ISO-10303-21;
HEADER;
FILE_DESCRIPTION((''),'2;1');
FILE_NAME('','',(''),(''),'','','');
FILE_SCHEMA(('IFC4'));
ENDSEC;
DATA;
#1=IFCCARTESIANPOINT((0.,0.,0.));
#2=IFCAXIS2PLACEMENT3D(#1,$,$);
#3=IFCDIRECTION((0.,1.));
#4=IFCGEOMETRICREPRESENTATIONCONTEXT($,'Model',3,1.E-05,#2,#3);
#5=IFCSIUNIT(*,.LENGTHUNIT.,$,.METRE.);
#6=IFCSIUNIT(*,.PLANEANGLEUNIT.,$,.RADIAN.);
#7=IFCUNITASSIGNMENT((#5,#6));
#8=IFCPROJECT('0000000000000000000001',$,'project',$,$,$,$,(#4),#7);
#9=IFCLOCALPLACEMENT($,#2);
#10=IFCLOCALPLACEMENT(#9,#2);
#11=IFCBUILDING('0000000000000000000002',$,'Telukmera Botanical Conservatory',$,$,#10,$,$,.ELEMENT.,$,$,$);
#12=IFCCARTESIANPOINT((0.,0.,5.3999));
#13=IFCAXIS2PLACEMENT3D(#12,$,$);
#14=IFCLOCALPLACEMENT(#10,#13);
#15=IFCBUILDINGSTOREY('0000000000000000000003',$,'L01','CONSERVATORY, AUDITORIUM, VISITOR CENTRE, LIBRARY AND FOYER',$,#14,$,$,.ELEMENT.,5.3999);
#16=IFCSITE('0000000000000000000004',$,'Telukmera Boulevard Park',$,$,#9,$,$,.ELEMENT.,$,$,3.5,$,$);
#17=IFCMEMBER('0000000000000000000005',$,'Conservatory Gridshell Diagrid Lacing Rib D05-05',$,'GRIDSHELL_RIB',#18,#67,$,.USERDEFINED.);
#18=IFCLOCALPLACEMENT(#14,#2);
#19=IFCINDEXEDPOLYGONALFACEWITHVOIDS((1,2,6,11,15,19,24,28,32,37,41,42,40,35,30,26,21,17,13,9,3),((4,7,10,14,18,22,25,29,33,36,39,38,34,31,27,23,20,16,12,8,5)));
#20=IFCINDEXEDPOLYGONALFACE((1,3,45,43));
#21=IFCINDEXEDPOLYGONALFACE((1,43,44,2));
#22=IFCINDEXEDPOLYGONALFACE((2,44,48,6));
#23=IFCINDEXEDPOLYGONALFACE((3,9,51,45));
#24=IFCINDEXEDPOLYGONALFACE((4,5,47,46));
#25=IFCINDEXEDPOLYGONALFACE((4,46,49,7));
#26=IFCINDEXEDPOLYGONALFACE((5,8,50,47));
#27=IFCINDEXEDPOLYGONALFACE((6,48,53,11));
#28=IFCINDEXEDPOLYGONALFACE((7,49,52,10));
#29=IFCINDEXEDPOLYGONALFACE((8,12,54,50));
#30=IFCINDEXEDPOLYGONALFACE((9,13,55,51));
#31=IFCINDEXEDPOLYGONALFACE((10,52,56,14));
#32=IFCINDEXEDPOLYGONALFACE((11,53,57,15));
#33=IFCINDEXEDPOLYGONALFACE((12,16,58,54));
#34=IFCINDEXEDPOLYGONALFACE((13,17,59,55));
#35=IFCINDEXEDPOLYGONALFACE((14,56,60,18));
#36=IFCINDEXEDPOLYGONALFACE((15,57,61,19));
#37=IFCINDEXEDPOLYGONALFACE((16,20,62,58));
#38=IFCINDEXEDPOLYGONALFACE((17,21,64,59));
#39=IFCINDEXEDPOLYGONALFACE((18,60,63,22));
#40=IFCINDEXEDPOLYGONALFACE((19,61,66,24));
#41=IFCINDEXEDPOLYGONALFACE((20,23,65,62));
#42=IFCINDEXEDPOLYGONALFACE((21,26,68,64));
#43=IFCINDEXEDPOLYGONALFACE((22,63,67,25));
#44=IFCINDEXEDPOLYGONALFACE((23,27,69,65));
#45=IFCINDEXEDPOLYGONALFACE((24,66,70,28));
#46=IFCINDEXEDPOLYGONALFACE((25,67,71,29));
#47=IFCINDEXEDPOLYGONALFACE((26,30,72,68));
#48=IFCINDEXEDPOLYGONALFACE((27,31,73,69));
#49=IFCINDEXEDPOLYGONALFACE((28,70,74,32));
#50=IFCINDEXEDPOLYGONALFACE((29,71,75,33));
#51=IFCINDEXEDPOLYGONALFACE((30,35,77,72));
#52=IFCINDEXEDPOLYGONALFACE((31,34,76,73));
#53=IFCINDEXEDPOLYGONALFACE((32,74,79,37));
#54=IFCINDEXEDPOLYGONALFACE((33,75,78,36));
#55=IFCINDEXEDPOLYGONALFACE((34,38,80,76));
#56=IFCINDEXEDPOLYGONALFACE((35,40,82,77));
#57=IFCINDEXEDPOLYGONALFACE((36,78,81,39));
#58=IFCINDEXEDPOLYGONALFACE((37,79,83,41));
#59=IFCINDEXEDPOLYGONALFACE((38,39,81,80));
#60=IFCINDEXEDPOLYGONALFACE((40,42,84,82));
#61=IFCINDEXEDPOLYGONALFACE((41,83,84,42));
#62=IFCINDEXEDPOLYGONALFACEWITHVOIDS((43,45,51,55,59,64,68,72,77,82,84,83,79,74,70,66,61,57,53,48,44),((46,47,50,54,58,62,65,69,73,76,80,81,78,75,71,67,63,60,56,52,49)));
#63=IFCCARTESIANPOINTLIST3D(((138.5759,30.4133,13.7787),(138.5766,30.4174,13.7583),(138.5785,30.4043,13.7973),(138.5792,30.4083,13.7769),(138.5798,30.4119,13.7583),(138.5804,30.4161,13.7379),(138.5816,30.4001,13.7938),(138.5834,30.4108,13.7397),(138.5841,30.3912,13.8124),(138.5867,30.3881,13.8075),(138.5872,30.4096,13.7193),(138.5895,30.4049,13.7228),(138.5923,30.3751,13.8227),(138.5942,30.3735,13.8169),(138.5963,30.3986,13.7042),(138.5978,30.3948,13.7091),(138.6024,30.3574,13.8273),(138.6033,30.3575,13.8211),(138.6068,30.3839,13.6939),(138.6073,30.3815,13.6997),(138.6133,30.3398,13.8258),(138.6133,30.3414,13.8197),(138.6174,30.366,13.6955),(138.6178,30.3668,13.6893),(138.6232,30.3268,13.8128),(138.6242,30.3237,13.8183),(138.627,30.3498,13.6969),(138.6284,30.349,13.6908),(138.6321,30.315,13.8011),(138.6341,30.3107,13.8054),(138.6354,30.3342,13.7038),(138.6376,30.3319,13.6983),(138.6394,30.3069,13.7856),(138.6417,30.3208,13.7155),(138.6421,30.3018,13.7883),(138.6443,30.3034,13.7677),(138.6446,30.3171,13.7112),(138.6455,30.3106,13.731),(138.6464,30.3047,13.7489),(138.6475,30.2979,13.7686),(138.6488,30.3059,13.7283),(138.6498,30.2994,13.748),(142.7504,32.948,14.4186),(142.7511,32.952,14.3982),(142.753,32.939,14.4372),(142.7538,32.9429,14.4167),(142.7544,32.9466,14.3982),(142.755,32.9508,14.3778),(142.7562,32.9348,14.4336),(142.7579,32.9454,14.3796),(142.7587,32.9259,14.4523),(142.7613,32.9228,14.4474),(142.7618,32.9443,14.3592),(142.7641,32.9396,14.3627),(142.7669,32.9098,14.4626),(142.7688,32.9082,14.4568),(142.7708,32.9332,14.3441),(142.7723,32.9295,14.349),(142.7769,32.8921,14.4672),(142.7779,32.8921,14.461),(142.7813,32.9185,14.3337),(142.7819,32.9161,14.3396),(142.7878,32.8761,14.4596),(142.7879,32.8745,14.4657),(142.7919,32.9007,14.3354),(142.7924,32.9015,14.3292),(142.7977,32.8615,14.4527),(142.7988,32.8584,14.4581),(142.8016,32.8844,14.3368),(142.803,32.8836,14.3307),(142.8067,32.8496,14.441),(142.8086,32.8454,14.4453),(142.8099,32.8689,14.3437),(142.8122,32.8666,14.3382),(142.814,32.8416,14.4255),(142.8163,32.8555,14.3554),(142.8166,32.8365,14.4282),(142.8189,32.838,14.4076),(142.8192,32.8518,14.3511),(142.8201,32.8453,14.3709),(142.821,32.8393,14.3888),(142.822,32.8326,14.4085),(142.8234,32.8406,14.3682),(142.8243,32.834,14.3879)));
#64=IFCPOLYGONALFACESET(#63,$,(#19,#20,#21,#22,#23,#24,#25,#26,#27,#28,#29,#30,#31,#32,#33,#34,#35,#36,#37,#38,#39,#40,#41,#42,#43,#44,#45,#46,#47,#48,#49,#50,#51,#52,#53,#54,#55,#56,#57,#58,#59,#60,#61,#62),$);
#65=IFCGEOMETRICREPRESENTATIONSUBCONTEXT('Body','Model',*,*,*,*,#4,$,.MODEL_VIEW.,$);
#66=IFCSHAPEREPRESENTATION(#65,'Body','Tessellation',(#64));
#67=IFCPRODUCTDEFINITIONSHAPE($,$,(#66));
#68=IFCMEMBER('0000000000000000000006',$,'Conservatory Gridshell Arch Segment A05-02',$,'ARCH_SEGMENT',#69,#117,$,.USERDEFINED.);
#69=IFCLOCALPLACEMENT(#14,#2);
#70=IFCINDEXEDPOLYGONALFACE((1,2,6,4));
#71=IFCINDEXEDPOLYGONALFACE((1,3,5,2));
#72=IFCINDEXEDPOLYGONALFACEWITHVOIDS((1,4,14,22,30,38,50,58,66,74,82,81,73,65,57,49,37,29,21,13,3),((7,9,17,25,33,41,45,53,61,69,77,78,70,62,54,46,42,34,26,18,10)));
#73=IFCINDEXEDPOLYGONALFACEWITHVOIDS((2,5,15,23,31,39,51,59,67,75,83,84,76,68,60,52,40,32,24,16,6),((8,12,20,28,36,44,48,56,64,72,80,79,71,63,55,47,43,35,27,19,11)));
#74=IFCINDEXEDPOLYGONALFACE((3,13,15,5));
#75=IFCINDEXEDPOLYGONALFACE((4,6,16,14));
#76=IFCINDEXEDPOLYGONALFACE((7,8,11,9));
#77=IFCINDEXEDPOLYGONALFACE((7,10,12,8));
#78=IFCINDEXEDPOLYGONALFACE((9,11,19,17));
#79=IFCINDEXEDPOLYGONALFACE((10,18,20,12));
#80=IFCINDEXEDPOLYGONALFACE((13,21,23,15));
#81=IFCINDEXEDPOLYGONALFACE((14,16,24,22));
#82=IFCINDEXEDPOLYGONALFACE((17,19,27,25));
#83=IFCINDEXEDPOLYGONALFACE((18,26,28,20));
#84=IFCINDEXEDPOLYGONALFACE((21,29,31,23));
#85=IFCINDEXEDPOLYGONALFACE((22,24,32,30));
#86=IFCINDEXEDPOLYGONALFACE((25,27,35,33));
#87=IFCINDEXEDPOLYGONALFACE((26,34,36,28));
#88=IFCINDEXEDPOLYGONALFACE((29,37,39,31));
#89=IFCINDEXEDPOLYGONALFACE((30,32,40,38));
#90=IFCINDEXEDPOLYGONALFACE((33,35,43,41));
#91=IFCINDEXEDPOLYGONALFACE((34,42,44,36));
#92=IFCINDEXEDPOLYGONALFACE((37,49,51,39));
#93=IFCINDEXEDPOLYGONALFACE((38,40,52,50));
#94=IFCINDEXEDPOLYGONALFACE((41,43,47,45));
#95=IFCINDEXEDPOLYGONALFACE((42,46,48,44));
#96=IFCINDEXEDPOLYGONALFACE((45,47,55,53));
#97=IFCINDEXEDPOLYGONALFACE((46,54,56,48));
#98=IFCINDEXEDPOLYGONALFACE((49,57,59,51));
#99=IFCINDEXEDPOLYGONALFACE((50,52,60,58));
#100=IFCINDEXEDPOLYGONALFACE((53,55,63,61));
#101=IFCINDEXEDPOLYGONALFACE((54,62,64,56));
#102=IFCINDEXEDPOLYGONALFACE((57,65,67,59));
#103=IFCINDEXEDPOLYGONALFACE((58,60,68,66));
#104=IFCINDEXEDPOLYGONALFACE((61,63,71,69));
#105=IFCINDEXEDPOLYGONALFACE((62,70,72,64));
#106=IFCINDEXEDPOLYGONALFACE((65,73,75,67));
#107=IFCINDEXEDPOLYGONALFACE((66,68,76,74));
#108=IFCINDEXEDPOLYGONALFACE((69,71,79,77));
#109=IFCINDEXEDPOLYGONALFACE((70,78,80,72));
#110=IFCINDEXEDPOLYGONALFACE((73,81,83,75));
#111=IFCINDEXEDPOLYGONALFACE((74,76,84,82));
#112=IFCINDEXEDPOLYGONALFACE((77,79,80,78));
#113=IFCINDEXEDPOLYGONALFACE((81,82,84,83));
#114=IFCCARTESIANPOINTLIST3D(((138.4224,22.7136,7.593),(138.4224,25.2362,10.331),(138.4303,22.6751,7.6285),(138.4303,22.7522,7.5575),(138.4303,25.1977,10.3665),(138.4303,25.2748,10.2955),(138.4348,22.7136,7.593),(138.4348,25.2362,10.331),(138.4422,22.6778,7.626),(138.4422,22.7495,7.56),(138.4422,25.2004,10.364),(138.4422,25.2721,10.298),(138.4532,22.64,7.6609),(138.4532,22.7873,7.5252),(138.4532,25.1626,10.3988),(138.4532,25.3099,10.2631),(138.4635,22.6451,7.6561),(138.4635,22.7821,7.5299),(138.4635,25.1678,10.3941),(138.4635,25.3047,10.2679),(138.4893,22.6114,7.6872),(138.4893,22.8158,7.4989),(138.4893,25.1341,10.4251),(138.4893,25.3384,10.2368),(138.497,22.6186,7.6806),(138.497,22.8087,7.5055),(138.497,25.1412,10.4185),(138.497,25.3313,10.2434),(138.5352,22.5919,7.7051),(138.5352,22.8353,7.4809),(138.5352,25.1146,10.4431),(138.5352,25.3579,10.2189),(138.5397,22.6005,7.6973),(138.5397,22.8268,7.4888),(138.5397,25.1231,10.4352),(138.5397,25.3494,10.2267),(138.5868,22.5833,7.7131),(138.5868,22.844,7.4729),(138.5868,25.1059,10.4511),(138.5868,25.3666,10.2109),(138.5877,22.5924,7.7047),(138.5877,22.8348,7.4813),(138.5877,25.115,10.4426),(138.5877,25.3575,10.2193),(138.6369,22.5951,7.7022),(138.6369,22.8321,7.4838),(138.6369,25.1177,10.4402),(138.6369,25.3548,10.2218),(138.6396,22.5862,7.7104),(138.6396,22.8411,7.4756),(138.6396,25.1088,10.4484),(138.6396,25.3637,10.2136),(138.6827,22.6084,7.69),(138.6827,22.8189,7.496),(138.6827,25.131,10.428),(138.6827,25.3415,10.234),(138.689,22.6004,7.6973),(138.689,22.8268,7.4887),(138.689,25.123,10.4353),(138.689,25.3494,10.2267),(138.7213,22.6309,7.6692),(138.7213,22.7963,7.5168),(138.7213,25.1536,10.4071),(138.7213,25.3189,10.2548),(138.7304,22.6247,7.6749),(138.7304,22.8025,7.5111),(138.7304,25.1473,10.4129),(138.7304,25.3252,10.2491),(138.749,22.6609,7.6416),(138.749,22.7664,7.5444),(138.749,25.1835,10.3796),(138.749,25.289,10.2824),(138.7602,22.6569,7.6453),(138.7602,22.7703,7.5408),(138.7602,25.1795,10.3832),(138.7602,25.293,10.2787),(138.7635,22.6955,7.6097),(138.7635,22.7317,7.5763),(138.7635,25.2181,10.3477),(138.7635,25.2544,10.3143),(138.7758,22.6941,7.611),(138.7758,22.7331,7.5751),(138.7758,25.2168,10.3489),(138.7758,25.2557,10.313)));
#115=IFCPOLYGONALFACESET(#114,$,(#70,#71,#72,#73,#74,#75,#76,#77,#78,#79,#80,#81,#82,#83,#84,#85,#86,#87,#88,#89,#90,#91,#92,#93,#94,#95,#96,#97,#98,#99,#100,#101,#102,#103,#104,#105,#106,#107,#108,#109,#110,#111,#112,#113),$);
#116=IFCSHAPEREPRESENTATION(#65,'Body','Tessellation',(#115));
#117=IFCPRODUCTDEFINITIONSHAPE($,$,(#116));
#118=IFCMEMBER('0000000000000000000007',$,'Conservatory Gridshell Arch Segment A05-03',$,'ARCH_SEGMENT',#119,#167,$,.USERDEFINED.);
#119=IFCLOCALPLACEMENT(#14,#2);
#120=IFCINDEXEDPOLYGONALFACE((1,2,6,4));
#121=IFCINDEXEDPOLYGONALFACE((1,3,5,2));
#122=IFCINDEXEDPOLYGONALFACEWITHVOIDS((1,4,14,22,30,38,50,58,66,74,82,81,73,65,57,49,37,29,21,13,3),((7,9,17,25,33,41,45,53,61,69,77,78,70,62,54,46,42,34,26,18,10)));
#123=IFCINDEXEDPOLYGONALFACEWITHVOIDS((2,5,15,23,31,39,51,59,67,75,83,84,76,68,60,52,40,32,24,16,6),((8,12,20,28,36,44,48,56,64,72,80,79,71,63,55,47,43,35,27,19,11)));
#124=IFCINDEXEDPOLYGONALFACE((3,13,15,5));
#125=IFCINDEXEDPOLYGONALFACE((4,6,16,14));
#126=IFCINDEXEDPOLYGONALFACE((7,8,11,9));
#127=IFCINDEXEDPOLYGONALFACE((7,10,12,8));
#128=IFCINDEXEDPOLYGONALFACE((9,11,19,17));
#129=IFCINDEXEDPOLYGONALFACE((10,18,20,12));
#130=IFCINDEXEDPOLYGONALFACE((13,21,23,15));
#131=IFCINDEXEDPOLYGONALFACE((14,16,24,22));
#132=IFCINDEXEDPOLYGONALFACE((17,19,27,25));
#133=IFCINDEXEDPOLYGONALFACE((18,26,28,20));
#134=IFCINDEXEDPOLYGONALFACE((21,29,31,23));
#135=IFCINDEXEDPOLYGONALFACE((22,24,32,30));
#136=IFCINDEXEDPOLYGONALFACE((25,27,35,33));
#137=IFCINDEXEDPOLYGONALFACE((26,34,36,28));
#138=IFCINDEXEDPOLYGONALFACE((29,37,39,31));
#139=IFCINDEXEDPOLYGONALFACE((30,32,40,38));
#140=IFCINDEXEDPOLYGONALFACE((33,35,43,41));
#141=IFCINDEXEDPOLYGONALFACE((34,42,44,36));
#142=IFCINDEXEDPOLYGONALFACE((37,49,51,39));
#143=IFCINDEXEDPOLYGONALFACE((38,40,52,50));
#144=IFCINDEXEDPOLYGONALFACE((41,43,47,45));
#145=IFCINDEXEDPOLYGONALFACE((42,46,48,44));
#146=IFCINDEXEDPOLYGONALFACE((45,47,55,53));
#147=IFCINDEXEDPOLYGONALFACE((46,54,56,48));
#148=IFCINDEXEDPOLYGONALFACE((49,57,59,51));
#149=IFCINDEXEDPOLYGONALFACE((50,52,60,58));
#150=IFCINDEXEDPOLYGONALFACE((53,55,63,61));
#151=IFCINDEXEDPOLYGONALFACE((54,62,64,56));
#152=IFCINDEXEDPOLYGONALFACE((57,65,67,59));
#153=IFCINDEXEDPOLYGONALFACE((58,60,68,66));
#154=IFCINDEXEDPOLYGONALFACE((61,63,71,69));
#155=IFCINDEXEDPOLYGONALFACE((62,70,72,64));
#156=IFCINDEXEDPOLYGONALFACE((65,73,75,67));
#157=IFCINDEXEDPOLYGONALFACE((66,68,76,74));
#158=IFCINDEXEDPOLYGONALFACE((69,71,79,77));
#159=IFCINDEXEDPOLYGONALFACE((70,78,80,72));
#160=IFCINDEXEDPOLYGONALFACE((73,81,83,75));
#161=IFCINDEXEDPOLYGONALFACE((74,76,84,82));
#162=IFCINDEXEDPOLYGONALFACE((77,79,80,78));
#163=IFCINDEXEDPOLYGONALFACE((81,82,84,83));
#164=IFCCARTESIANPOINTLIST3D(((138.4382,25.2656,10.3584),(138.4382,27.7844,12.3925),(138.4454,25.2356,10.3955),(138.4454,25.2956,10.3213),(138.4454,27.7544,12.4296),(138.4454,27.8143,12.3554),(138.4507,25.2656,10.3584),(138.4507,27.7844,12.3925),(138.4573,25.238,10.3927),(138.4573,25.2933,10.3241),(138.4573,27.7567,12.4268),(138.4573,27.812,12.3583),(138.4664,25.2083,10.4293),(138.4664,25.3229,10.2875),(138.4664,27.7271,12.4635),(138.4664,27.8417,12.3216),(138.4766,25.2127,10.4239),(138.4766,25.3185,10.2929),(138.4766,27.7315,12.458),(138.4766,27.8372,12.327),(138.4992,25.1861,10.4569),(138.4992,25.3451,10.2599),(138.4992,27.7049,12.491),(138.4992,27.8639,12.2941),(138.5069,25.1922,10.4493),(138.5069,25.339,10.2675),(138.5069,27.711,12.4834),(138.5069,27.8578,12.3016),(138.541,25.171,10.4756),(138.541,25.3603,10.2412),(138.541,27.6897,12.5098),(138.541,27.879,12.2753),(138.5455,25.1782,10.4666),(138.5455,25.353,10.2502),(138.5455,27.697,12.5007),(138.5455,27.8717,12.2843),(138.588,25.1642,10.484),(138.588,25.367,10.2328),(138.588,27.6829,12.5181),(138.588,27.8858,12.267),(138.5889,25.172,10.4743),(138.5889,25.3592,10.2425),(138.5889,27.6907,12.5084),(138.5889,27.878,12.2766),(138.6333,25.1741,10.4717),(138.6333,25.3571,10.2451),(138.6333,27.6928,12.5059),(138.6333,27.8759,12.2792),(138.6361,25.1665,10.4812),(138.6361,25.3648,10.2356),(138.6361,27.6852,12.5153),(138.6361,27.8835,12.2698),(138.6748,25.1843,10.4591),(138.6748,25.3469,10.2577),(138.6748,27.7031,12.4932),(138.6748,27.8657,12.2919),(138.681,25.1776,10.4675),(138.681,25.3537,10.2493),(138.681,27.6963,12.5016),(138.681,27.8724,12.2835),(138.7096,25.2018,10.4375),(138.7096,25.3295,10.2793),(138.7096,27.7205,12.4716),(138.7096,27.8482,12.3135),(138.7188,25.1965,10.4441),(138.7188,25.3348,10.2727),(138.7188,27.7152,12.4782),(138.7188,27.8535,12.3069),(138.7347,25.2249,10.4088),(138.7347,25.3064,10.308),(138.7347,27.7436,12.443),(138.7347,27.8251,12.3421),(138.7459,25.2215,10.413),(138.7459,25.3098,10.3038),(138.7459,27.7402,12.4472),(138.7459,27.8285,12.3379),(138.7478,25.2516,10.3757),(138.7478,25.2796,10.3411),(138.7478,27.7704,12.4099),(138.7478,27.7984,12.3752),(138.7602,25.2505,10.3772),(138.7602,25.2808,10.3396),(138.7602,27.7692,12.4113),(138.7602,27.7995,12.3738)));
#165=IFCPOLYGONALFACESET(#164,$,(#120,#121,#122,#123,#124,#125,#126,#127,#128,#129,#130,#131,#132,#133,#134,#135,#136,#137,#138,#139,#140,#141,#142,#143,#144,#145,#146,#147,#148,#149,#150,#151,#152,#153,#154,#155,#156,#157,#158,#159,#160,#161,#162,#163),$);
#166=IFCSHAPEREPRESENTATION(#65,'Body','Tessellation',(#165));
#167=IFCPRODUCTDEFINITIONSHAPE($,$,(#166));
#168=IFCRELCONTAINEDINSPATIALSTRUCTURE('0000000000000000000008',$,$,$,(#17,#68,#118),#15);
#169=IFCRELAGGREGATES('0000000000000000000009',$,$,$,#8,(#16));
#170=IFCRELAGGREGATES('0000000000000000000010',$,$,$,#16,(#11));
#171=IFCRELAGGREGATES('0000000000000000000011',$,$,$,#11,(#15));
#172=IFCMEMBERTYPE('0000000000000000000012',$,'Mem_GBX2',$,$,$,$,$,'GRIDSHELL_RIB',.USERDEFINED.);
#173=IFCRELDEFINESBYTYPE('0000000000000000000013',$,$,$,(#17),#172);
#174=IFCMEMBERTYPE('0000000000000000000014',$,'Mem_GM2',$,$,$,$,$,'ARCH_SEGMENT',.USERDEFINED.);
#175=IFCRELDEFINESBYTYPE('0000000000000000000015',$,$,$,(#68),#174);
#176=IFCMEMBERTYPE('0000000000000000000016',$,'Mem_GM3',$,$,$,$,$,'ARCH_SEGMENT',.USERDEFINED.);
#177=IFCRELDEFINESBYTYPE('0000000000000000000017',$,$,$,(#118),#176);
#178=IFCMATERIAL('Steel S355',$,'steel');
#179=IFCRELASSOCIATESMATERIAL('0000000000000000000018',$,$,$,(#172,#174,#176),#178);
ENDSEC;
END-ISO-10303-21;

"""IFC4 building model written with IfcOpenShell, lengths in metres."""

from ifc_helpers import new_model, si_unit, direction, frame, origin, origin_2d, place, context, subcontext, project, spatial, hollow_circle, extrude, material, material_profile, profile_set, type_object, element, save


model = new_model("IFC4")

# Units and contexts
model_context = context("Model", 3, precision=1e-05, world=origin(), true_north=direction((0.0, 1.0)))
body_context = subcontext(model_context, "Body", "Model", "MODEL_VIEW")
ifc_project = project(units=[si_unit("LENGTHUNIT", "METRE"), si_unit("PLANEANGLEUNIT", "RADIAN")], contexts=[model_context])

# Site, building, storey
site_placement = place(None, origin())
site = spatial("IfcSite", under=ifc_project, at=site_placement, Name="Telukmera Boulevard Park", CompositionType="ELEMENT", RefElevation=3.5)
building_placement = place(site_placement, origin())
building = spatial("IfcBuilding", under=site, at=building_placement, Name="Telukmera Botanical Conservatory", CompositionType="ELEMENT")
storey_placement = place(building_placement, frame((0.0, 0.0, 5.3999)))
storey = spatial("IfcBuildingStorey", under=building, at=storey_placement, Name="L01", Description="CONSERVATORY, AUDITORIUM, VISITOR CENTRE, LIBRARY AND FOYER", CompositionType="ELEMENT", Elevation=5.3999)

# Shared definitions
ifc_material = material(Name="Steel S355", Category="steel")

# Members
ifc_material_profile_1 = material_profile(ifc_material, hollow_circle(Radius=0.0698, WallThickness=0.0063, at=origin_2d()), Name="CHS 139.7x6.3")
ifc_profile_set_1 = profile_set([ifc_material_profile_1], Name="Steel S355")
member_type_1 = type_object("IfcMemberType", Name="Mem_GBX2", ElementType="GRIDSHELL_RIB", PredefinedType="USERDEFINED", material=ifc_profile_set_1)
member_1_placement = place(storey_placement, frame((138.6128, 30.3577, 13.7583), z_axis=(0.847533, 0.514597, 0.129913), x_axis=(-0.518995, 0.854777, 0.0)))
element("IfcMember", 1, at=member_1_placement, inside=storey, type_object=member_type_1, Name="Conservatory Gridshell Diagrid Lacing Rib D05-05", ObjectType="GRIDSHELL_RIB", PredefinedType="USERDEFINED", context=body_context, shape_type="SweptSolid", body=[
    extrude(hollow_circle(Radius=0.0698, WallThickness=0.0063, at=origin_2d()), origin(), (0.0, 0.0, 1.0), 4.9255),
])
ifc_material_profile_2 = material_profile(ifc_material, hollow_circle(Radius=0.1777, WallThickness=0.0125, at=origin_2d()), Name="CHS 355.6x12.5")
ifc_profile_set_2 = profile_set([ifc_material_profile_2], Name="Steel S355")
member_type_2 = type_object("IfcMemberType", Name="Mem_GM2", ElementType="ARCH_SEGMENT", PredefinedType="USERDEFINED", material=ifc_profile_set_2)
member_2_placement = place(storey_placement, frame((138.6001, 22.7136, 7.593), z_axis=(0.0, 0.677596, 0.735434), x_axis=(-1.0, 0.0, 0.0)))
element("IfcMember", 2, at=member_2_placement, inside=storey, type_object=member_type_2, Name="Conservatory Gridshell Arch Segment A05-02", ObjectType="ARCH_SEGMENT", PredefinedType="USERDEFINED", context=body_context, shape_type="SweptSolid", body=[
    extrude(hollow_circle(Radius=0.1777, WallThickness=0.0125, at=origin_2d()), origin(), (0.0, 0.0, 1.0), 3.7229),
])
ifc_material_profile_3 = material_profile(ifc_material, hollow_circle(Radius=0.1619, WallThickness=0.0125, at=origin_2d()), Name="CHS 323.9x12.5")
ifc_profile_set_3 = profile_set([ifc_material_profile_3], Name="Steel S355")
member_type_3 = type_object("IfcMemberType", Name="Mem_GM3", ElementType="ARCH_SEGMENT", PredefinedType="USERDEFINED", material=ifc_profile_set_3)
member_3_placement = place(storey_placement, frame((138.6001, 25.2656, 10.3584), z_axis=(0.0, 0.777977, 0.628293), x_axis=(-1.0, 0.0, 0.0)))
element("IfcMember", 3, at=member_3_placement, inside=storey, type_object=member_type_3, Name="Conservatory Gridshell Arch Segment A05-03", ObjectType="ARCH_SEGMENT", PredefinedType="USERDEFINED", context=body_context, shape_type="SweptSolid", body=[
    extrude(hollow_circle(Radius=0.1619, WallThickness=0.0125, at=origin_2d()), origin(), (0.0, 0.0, 1.0), 3.2375),
])

save(model, "model.ifc")
